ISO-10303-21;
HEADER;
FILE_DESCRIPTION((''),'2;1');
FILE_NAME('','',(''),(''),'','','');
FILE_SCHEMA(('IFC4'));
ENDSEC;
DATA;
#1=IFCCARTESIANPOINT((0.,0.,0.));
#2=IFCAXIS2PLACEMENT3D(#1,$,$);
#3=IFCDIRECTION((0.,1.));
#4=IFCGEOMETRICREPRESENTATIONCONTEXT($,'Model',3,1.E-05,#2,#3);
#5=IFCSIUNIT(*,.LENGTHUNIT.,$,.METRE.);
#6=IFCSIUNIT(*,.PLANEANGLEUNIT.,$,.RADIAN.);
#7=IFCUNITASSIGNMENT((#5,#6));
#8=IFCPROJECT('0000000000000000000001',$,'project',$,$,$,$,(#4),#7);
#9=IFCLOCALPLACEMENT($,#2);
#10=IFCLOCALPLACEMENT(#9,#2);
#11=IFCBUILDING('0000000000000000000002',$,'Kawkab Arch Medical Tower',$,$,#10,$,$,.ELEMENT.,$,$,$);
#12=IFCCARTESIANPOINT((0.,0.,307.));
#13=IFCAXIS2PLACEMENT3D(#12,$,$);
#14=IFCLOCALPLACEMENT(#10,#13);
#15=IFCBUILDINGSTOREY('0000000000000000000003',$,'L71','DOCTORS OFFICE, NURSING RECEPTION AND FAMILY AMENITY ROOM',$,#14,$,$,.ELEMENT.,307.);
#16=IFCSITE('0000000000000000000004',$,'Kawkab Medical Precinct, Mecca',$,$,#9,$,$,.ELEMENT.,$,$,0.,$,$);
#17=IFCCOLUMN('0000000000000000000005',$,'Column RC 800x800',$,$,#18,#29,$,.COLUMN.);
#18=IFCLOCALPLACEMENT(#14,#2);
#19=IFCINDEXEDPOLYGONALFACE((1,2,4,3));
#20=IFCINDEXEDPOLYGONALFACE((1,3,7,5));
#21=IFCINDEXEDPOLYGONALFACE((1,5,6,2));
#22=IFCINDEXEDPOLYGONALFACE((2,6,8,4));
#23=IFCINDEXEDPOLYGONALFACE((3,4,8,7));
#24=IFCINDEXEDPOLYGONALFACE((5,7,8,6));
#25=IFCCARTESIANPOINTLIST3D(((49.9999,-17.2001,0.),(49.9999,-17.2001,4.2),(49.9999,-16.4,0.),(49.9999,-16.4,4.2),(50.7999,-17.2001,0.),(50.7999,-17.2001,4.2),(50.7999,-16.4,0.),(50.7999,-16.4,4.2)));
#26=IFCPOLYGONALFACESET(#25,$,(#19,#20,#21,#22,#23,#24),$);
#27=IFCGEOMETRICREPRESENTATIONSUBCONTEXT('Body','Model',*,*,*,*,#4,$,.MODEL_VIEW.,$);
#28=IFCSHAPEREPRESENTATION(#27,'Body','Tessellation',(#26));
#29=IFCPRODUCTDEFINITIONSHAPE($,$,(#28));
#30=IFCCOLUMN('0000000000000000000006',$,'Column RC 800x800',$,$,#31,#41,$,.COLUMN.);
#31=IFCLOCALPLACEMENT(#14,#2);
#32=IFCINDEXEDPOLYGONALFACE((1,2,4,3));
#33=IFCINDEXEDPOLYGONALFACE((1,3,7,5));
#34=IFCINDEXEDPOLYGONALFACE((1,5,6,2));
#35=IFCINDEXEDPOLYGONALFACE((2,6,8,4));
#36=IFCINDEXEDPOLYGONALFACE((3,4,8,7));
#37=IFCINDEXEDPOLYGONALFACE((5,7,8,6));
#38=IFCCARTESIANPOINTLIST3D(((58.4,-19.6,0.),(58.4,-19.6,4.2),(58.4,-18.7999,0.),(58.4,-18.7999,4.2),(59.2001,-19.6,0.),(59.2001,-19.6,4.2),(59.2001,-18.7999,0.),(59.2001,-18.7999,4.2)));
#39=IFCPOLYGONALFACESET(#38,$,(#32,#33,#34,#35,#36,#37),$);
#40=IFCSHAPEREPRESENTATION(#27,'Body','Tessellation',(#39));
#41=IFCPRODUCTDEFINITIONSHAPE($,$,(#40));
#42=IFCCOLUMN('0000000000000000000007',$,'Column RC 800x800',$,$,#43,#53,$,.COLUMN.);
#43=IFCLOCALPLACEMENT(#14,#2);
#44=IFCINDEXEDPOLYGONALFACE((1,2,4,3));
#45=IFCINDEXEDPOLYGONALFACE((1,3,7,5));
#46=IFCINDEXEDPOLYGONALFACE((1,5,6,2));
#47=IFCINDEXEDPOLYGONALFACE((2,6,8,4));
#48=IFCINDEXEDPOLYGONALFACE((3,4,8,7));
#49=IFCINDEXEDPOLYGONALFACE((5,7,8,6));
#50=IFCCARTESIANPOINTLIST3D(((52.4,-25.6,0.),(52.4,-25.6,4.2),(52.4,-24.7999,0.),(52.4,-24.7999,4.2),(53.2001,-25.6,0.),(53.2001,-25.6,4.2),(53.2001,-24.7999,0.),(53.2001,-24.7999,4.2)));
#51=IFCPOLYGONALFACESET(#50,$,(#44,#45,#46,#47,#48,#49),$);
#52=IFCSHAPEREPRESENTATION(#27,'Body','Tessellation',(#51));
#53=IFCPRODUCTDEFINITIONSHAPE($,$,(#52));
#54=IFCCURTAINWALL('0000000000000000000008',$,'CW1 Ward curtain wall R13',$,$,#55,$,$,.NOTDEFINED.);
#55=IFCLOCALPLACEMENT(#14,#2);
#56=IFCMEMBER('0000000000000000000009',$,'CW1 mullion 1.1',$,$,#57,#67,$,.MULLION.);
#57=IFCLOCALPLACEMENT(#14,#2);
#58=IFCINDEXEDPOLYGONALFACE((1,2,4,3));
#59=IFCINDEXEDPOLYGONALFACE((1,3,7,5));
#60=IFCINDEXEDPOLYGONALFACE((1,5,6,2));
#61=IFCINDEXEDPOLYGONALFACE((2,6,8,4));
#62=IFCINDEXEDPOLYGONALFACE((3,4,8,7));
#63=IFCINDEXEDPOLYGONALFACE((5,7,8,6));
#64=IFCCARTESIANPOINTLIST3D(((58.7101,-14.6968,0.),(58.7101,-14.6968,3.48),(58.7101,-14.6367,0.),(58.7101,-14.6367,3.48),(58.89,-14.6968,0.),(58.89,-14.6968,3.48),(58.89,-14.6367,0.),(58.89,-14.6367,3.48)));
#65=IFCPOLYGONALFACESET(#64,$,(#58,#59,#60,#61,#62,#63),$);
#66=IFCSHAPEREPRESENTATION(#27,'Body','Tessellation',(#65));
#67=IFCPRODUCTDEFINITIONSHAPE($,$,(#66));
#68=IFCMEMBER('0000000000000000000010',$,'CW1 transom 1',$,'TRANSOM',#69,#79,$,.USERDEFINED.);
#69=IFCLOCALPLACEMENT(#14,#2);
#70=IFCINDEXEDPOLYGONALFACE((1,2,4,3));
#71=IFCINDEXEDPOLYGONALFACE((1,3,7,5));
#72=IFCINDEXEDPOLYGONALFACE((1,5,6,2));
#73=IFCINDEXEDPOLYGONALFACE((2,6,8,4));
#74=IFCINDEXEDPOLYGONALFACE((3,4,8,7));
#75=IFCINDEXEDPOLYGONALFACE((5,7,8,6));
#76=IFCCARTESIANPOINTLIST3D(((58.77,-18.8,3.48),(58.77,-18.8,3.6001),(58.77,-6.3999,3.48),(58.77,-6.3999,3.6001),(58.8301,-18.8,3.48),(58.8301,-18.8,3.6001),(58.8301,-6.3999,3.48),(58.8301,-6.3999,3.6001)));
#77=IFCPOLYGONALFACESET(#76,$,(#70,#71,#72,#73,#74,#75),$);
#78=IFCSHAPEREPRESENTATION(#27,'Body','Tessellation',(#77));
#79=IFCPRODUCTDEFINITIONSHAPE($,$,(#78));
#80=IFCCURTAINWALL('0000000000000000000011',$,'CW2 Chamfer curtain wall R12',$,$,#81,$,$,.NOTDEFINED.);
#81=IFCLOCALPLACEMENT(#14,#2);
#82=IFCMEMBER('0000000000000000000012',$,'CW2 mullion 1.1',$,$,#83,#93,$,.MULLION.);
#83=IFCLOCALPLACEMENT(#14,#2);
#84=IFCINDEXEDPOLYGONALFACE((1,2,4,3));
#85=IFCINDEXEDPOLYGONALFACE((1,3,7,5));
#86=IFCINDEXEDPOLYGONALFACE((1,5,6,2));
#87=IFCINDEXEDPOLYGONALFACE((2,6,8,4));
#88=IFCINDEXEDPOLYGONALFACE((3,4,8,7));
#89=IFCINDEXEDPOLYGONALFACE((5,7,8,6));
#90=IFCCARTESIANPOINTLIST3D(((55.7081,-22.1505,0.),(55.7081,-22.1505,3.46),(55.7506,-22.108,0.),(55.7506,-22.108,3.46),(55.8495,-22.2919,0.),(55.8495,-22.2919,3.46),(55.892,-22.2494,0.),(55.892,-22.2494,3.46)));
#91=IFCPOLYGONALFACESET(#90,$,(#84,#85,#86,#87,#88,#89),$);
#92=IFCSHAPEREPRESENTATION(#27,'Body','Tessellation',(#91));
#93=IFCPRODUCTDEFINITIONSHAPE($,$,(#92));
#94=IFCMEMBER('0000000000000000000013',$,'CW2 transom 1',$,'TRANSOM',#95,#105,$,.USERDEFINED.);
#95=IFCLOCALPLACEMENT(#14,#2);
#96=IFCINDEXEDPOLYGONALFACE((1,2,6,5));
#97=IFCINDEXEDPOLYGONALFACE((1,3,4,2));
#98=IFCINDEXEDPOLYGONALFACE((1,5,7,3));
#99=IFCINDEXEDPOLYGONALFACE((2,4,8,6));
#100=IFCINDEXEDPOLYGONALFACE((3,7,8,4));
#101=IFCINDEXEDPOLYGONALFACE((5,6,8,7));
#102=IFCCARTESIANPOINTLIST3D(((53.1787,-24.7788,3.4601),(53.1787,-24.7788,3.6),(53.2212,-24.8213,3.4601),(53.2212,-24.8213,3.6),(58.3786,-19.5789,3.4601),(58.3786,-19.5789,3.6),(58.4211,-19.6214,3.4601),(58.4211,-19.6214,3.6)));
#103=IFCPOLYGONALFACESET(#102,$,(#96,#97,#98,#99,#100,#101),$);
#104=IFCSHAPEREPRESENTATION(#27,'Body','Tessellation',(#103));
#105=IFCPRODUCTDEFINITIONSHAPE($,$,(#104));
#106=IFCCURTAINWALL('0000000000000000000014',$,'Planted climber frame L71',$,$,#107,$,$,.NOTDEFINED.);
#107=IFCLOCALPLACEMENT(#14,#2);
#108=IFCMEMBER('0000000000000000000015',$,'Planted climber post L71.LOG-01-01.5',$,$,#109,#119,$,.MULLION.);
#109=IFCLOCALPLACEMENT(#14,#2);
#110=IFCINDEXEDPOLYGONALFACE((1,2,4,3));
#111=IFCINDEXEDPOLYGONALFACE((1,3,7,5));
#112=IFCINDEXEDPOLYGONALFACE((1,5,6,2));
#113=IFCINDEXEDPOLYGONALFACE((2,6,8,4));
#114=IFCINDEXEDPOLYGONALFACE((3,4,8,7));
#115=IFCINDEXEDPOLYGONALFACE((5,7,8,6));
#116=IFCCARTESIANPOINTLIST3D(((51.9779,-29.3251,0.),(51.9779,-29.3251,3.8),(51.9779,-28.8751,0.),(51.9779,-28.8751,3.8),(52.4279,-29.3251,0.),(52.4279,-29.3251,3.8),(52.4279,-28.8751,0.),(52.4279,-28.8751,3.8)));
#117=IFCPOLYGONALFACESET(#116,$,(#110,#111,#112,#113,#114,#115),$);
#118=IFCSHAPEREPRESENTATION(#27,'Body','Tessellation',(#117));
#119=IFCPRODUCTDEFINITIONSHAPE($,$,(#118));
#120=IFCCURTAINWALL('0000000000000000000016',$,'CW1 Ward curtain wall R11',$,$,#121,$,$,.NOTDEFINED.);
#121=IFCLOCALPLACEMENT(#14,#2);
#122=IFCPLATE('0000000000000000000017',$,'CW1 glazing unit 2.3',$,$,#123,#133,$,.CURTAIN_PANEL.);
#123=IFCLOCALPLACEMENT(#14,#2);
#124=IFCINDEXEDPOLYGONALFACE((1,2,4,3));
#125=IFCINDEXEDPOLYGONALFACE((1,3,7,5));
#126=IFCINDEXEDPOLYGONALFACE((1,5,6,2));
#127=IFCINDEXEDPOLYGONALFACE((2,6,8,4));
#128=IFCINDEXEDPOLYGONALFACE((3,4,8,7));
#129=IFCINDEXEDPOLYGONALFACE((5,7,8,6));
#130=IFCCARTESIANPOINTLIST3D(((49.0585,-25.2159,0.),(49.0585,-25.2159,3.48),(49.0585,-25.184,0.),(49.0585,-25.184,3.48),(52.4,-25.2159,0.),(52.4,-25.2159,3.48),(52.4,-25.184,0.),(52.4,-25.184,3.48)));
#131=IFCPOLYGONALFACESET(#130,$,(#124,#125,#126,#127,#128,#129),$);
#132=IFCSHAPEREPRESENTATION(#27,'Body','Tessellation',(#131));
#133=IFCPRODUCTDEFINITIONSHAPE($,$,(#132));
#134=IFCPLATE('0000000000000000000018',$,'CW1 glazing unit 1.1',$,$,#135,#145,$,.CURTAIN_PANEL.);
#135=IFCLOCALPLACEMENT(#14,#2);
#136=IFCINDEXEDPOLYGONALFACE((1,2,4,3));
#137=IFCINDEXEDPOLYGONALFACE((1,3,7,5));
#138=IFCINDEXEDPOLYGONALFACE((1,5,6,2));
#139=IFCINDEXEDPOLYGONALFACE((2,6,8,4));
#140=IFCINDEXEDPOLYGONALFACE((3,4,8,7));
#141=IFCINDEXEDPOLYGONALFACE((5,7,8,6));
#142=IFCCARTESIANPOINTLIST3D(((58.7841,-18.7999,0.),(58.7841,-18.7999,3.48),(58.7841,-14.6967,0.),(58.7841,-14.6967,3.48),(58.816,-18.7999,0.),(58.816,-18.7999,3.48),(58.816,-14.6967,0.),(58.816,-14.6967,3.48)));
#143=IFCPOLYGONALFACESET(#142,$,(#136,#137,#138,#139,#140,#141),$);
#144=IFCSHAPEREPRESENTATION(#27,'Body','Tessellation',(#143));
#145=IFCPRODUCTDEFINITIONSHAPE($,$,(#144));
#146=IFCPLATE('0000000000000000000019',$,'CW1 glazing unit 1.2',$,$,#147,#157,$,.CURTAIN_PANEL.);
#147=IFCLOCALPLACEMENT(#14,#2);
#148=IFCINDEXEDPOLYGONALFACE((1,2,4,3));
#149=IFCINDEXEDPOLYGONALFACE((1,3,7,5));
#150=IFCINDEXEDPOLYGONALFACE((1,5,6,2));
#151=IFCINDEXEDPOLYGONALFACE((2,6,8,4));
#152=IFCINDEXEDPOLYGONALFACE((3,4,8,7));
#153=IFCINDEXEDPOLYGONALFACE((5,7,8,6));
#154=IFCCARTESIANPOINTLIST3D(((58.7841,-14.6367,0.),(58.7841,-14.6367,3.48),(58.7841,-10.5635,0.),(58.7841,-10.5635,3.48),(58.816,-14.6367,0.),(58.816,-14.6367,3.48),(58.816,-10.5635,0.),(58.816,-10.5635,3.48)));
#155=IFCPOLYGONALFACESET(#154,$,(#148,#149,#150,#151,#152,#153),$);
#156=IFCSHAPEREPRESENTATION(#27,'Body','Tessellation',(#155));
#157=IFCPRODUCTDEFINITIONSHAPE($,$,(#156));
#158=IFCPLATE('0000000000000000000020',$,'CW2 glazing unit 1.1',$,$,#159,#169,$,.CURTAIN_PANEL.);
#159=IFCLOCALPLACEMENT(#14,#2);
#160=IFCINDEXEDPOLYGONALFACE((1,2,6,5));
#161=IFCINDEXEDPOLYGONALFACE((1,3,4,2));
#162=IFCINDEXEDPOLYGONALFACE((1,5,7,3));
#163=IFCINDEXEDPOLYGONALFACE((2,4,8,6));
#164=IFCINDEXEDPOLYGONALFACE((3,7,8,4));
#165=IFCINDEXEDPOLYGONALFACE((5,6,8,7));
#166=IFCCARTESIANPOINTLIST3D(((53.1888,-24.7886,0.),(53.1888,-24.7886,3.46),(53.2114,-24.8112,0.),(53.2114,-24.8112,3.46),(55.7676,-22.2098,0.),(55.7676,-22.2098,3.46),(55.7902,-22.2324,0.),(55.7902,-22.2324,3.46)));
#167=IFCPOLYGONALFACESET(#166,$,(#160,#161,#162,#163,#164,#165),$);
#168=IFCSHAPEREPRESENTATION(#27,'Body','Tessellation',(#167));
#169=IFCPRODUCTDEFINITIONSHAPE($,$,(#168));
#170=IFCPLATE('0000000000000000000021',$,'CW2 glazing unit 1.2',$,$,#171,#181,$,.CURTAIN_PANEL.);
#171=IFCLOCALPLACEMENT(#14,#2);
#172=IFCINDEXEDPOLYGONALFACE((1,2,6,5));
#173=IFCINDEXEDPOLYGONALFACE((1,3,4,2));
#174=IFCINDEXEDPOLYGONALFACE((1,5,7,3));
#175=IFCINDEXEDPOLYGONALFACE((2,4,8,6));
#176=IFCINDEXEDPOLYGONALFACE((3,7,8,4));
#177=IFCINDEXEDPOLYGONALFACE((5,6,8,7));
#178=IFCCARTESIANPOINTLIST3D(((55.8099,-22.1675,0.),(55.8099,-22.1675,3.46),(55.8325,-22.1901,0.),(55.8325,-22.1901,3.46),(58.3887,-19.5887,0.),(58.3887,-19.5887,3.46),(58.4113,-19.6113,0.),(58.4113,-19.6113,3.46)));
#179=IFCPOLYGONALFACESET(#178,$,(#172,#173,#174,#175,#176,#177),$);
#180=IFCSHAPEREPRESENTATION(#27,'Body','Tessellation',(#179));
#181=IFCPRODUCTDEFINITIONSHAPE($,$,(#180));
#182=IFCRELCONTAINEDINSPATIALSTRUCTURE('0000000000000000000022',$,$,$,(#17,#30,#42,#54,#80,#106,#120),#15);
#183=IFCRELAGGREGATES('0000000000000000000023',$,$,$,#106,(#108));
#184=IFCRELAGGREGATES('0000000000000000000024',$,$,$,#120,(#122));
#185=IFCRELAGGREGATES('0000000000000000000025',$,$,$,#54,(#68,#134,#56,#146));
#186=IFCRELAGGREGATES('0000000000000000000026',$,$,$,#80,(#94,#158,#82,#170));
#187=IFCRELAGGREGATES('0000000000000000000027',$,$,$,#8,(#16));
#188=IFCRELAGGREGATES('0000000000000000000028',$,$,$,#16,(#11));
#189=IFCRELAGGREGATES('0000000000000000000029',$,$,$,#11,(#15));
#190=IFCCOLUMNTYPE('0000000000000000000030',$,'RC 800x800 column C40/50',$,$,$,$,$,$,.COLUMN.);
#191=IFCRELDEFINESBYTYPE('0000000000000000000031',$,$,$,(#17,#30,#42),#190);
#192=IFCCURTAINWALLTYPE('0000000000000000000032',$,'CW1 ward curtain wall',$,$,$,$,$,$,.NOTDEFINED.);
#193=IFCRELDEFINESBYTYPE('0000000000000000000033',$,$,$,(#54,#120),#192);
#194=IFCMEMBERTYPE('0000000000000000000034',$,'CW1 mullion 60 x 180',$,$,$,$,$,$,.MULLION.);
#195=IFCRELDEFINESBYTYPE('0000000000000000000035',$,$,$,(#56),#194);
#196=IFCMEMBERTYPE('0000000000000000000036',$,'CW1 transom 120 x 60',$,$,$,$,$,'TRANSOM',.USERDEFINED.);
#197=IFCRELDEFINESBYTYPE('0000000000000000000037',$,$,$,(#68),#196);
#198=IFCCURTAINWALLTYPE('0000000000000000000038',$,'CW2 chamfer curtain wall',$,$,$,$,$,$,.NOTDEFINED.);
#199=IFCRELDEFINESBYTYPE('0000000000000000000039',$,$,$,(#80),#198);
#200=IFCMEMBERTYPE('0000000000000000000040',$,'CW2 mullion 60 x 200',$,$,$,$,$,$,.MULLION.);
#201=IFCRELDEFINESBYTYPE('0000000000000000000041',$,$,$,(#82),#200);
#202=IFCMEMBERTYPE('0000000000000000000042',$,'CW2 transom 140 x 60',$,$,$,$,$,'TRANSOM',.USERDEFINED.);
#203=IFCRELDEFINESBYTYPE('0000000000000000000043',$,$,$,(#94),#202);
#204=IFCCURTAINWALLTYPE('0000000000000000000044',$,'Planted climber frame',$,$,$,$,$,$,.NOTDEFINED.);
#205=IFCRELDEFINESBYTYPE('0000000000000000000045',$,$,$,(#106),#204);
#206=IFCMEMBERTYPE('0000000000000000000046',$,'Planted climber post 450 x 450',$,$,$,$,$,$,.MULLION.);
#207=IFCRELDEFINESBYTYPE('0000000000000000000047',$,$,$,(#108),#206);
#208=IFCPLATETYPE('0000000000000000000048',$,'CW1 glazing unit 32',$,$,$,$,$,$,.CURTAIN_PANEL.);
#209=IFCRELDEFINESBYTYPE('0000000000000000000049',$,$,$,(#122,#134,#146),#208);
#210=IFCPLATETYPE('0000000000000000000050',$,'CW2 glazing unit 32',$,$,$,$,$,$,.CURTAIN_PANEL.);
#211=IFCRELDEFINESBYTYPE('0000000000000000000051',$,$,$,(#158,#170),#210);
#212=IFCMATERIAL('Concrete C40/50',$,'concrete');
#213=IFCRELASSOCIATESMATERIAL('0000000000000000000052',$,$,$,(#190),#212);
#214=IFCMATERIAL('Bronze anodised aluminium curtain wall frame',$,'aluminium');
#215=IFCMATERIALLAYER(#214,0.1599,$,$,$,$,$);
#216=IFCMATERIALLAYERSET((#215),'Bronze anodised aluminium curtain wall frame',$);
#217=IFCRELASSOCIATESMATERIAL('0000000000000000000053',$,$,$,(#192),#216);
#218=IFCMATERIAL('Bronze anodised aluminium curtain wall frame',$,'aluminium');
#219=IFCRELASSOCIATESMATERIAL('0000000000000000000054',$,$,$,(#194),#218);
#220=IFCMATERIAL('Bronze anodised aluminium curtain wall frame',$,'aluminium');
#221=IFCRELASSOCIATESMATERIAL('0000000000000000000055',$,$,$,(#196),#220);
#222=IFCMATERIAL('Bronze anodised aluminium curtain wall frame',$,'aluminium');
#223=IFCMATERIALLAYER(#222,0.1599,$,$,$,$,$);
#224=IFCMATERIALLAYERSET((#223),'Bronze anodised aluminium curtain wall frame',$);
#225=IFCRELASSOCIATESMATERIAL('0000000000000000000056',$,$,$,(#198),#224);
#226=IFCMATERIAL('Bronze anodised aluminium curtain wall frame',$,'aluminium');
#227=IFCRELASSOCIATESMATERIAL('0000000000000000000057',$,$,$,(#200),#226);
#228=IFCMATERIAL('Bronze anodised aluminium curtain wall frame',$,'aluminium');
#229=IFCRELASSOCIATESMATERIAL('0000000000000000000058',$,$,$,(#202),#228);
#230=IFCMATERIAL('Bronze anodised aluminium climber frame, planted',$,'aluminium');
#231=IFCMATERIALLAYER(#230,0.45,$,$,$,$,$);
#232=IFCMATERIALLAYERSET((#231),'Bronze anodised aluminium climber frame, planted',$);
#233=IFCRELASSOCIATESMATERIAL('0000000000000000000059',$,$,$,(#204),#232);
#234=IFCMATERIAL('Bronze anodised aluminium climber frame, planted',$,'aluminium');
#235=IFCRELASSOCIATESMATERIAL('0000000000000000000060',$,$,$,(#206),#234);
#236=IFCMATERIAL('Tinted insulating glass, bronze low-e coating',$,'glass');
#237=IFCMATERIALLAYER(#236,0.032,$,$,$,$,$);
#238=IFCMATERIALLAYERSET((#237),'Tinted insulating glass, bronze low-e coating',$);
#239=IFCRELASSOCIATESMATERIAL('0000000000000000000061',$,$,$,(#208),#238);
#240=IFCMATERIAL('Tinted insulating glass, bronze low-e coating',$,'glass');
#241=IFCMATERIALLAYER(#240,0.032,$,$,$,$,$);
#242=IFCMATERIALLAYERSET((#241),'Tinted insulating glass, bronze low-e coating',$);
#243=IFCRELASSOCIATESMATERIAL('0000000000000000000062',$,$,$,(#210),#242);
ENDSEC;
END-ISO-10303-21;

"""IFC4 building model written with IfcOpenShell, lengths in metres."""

from ifc_helpers import new_model, si_unit, direction, frame, origin, origin_2d, place, context, subcontext, project, spatial, rectangle, extrude, material, layer, layer_set, material_profile, profile_set, type_object, element, aggregate, save


model = new_model("IFC4")

# Units and contexts
model_context = context("Model", 3, precision=1e-05, world=origin(), true_north=direction((0.0, 1.0)))
body_context = subcontext(model_context, "Body", "Model", "MODEL_VIEW")
ifc_project = project(units=[si_unit("LENGTHUNIT", "METRE"), si_unit("PLANEANGLEUNIT", "RADIAN")], contexts=[model_context])

# Site, building, storey
site_placement = place(None, origin())
site = spatial("IfcSite", under=ifc_project, at=site_placement, Name="Kawkab Medical Precinct, Mecca", CompositionType="ELEMENT", RefElevation=0.0)
building_placement = place(site_placement, origin())
building = spatial("IfcBuilding", under=site, at=building_placement, Name="Kawkab Arch Medical Tower", CompositionType="ELEMENT")
storey_placement = place(building_placement, frame((0.0, 0.0, 307.0)))
storey = spatial("IfcBuildingStorey", under=building, at=storey_placement, Name="L71", Description="DOCTORS OFFICE, NURSING RECEPTION AND FAMILY AMENITY ROOM", CompositionType="ELEMENT", Elevation=307.0)

# Columns
ifc_material_1 = material(Name="Concrete C40/50", Category="concrete")
ifc_material_profile_1 = material_profile(ifc_material_1, rectangle(XDim=0.8, YDim=0.8, at=origin_2d()), Name="RC 800x800")
ifc_profile_set_1 = profile_set([ifc_material_profile_1], Name="Concrete C40/50")
column_type = type_object("IfcColumnType", Name="RC 800x800 column C40/50", PredefinedType="COLUMN", material=ifc_profile_set_1)
for number, where, z_axis, x_axis, name in (
    (1, (50.3999, -16.8, 0.0), (0.0, 0.0, 1.0), (1.0, 0.0, 0.0), "Column RC 800x800"),
    (2, (58.8, -19.2, 0.0), (0.0, 0.0, 1.0), (1.0, 0.0, 0.0), "Column RC 800x800"),
    (3, (52.8, -25.2, 0.0), (0.0, 0.0, 1.0), (1.0, 0.0, 0.0), "Column RC 800x800"),
):
    element("IfcColumn", number, at=place(storey_placement, frame(where, z_axis=z_axis, x_axis=x_axis)), inside=storey, type_object=column_type, Name=name, PredefinedType="COLUMN", context=body_context, shape_type="SweptSolid", body=[
        extrude(rectangle(XDim=0.8, YDim=0.8, at=origin_2d()), origin(), (0.0, 0.0, 1.0), 4.2),
    ])

# Curtain walls, members
ifc_material_2 = material(Name="Bronze anodised aluminium curtain wall frame", Category="aluminium")
ifc_layer_1 = layer(ifc_material_2, 0.1599)
ifc_layer_set_1 = layer_set([ifc_layer_1], Name="Bronze anodised aluminium curtain wall frame")
curtain_wall_type_1 = type_object("IfcCurtainWallType", Name="CW1 ward curtain wall", PredefinedType="NOTDEFINED", material=ifc_layer_set_1)
placement = place(storey_placement, origin())
curtain_wall_1 = element("IfcCurtainWall", 4, at=placement, inside=storey, type_object=curtain_wall_type_1, Name="CW1 Ward curtain wall R13", PredefinedType="NOTDEFINED")
ifc_material_3 = material(Name="Bronze anodised aluminium curtain wall frame", Category="aluminium")
ifc_material_profile_2 = material_profile(ifc_material_3, rectangle(XDim=0.1799, YDim=0.0601, at=origin_2d()), Name="AL 60x180")
ifc_profile_set_2 = profile_set([ifc_material_profile_2], Name="Bronze anodised aluminium curtain wall frame")
member_type_1 = type_object("IfcMemberType", Name="CW1 mullion 60 x 180", PredefinedType="MULLION", material=ifc_profile_set_2)
member_1_placement = place(storey_placement, frame((58.8, -14.6667, 0.0), z_axis=(0.0, 0.0, 1.0), x_axis=(-1.0, 0.0, 0.0)))
member_1 = element("IfcMember", 5, at=member_1_placement, type_object=member_type_1, Name="CW1 mullion 1.1", PredefinedType="MULLION", context=body_context, shape_type="SweptSolid", body=[
    extrude(rectangle(XDim=0.1799, YDim=0.0601, at=origin_2d()), origin(), (0.0, 0.0, 1.0), 3.48),
])
ifc_material_4 = material(Name="Bronze anodised aluminium curtain wall frame", Category="aluminium")
ifc_material_profile_3 = material_profile(ifc_material_4, rectangle(XDim=0.0601, YDim=0.1201, at=origin_2d()), Name="AL 60x120")
ifc_profile_set_3 = profile_set([ifc_material_profile_3], Name="Bronze anodised aluminium curtain wall frame")
member_type_2 = type_object("IfcMemberType", Name="CW1 transom 120 x 60", ElementType="TRANSOM", PredefinedType="USERDEFINED", material=ifc_profile_set_3)
member_2_placement = place(storey_placement, frame((58.8, -18.8, 3.54), z_axis=(0.0, 1.0, 0.0), x_axis=(-1.0, 0.0, 0.0)))
member_2 = element("IfcMember", 6, at=member_2_placement, type_object=member_type_2, Name="CW1 transom 1", ObjectType="TRANSOM", PredefinedType="USERDEFINED", context=body_context, shape_type="SweptSolid", body=[
    extrude(rectangle(XDim=0.0601, YDim=0.1201, at=origin_2d()), origin(), (0.0, 0.0, 1.0), 12.4001),
])
ifc_material_5 = material(Name="Bronze anodised aluminium curtain wall frame", Category="aluminium")
ifc_layer_2 = layer(ifc_material_5, 0.1599)
ifc_layer_set_2 = layer_set([ifc_layer_2], Name="Bronze anodised aluminium curtain wall frame")
curtain_wall_type_2 = type_object("IfcCurtainWallType", Name="CW2 chamfer curtain wall", PredefinedType="NOTDEFINED", material=ifc_layer_set_2)
curtain_wall_2 = element("IfcCurtainWall", 7, at=placement, inside=storey, type_object=curtain_wall_type_2, Name="CW2 Chamfer curtain wall R12", PredefinedType="NOTDEFINED")
ifc_material_6 = material(Name="Bronze anodised aluminium curtain wall frame", Category="aluminium")
ifc_material_profile_4 = material_profile(ifc_material_6, rectangle(XDim=0.2, YDim=0.0601, at=origin_2d()), Name="AL 60x200")
ifc_profile_set_4 = profile_set([ifc_material_profile_4], Name="Bronze anodised aluminium curtain wall frame")
member_type_3 = type_object("IfcMemberType", Name="CW2 mullion 60 x 200", PredefinedType="MULLION", material=ifc_profile_set_4)
member_3_placement = place(storey_placement, frame((55.8, -22.2, 0.0), z_axis=(0.0, 0.0, 1.0), x_axis=(-0.707107, 0.707107, 0.0)))
member_3 = element("IfcMember", 8, at=member_3_placement, type_object=member_type_3, Name="CW2 mullion 1.1", PredefinedType="MULLION", context=body_context, shape_type="SweptSolid", body=[
    extrude(rectangle(XDim=0.2, YDim=0.0601, at=origin_2d()), origin(), (0.0, 0.0, 1.0), 3.46),
])
ifc_material_7 = material(Name="Bronze anodised aluminium curtain wall frame", Category="aluminium")
ifc_material_profile_5 = material_profile(ifc_material_7, rectangle(XDim=0.0601, YDim=0.1399, at=origin_2d()), Name="AL 60x140")
ifc_profile_set_5 = profile_set([ifc_material_profile_5], Name="Bronze anodised aluminium curtain wall frame")
member_type_4 = type_object("IfcMemberType", Name="CW2 transom 140 x 60", ElementType="TRANSOM", PredefinedType="USERDEFINED", material=ifc_profile_set_5)
member_4_placement = place(storey_placement, frame((53.2, -24.8, 3.53), z_axis=(0.707107, 0.707107, 0.0), x_axis=(-0.707107, 0.707107, 0.0)))
member_4 = element("IfcMember", 9, at=member_4_placement, type_object=member_type_4, Name="CW2 transom 1", ObjectType="TRANSOM", PredefinedType="USERDEFINED", context=body_context, shape_type="SweptSolid", body=[
    extrude(rectangle(XDim=0.0601, YDim=0.1399, at=origin_2d()), origin(), (0.0, 0.0, 1.0), 7.3538),
])

# Curtain wall, member
ifc_material_8 = material(Name="Bronze anodised aluminium climber frame, planted", Category="aluminium")
ifc_layer_3 = layer(ifc_material_8, 0.45)
ifc_layer_set_3 = layer_set([ifc_layer_3], Name="Bronze anodised aluminium climber frame, planted")
curtain_wall_type_3 = type_object("IfcCurtainWallType", Name="Planted climber frame", PredefinedType="NOTDEFINED", material=ifc_layer_set_3)
curtain_wall_3 = element("IfcCurtainWall", 10, at=placement, inside=storey, type_object=curtain_wall_type_3, Name="Planted climber frame L71", PredefinedType="NOTDEFINED")
ifc_material_9 = material(Name="Bronze anodised aluminium climber frame, planted", Category="aluminium")
ifc_material_profile_6 = material_profile(ifc_material_9, rectangle(XDim=0.45, YDim=0.45, at=origin_2d()), Name="Post 450x450")
ifc_profile_set_6 = profile_set([ifc_material_profile_6], Name="Bronze anodised aluminium climber frame, planted")
member_type_5 = type_object("IfcMemberType", Name="Planted climber post 450 x 450", PredefinedType="MULLION", material=ifc_profile_set_6)
member_5_placement = place(storey_placement, frame((52.2029, -29.1001, 0.0), z_axis=(0.0, 0.0, 1.0), x_axis=(1.0, 0.0, 0.0)))
member_5 = element("IfcMember", 11, at=member_5_placement, type_object=member_type_5, Name="Planted climber post L71.LOG-01-01.5", PredefinedType="MULLION", context=body_context, shape_type="SweptSolid", body=[
    extrude(rectangle(XDim=0.45, YDim=0.45, at=origin_2d()), origin(), (0.0, 0.0, 1.0), 3.8),
])
aggregate(curtain_wall_3, [member_5])

# Curtain wall, plate
curtain_wall_4 = element("IfcCurtainWall", 12, at=placement, inside=storey, type_object=curtain_wall_type_1, Name="CW1 Ward curtain wall R11", PredefinedType="NOTDEFINED")
ifc_material_10 = material(Name="Tinted insulating glass, bronze low-e coating", Category="glass")
ifc_layer_4 = layer(ifc_material_10, 0.032)
ifc_layer_set_4 = layer_set([ifc_layer_4], Name="Tinted insulating glass, bronze low-e coating")
plate_type_1 = type_object("IfcPlateType", Name="CW1 glazing unit 32", PredefinedType="CURTAIN_PANEL", material=ifc_layer_set_4)
plate_1_placement = place(storey_placement, frame((50.7292, -25.2, 0.0), z_axis=(0.0, 0.0, 1.0), x_axis=(1.0, 0.0, 0.0)))
plate_1 = element("IfcPlate", 13, at=plate_1_placement, type_object=plate_type_1, Name="CW1 glazing unit 2.3", PredefinedType="CURTAIN_PANEL", context=body_context, shape_type="SweptSolid", body=[
    extrude(rectangle(XDim=3.3416, YDim=0.032, at=origin_2d()), origin(), (0.0, 0.0, 1.0), 3.48),
])
aggregate(curtain_wall_4, [plate_1])

# Plates
plate_2_placement = place(storey_placement, frame((58.8, -16.7483, 0.0), z_axis=(0.0, 0.0, 1.0), x_axis=(0.0, 1.0, 0.0)))
plate_2 = element("IfcPlate", 14, at=plate_2_placement, type_object=plate_type_1, Name="CW1 glazing unit 1.1", PredefinedType="CURTAIN_PANEL", context=body_context, shape_type="SweptSolid", body=[
    extrude(rectangle(XDim=4.1033, YDim=0.032, at=origin_2d()), origin(), (0.0, 0.0, 1.0), 3.48),
])
plate_3_placement = place(storey_placement, frame((58.8, -12.6001, 0.0), z_axis=(0.0, 0.0, 1.0), x_axis=(0.0, 1.0, 0.0)))
plate_3 = element("IfcPlate", 15, at=plate_3_placement, type_object=plate_type_1, Name="CW1 glazing unit 1.2", PredefinedType="CURTAIN_PANEL", context=body_context, shape_type="SweptSolid", body=[
    extrude(rectangle(XDim=4.0732, YDim=0.032, at=origin_2d()), origin(), (0.0, 0.0, 1.0), 3.48),
])
aggregate(curtain_wall_1, [member_2, plate_2, member_1, plate_3])
ifc_material_11 = material(Name="Tinted insulating glass, bronze low-e coating", Category="glass")
ifc_layer_5 = layer(ifc_material_11, 0.032)
ifc_layer_set_5 = layer_set([ifc_layer_5], Name="Tinted insulating glass, bronze low-e coating")
plate_type_2 = type_object("IfcPlateType", Name="CW2 glazing unit 32", PredefinedType="CURTAIN_PANEL", material=ifc_layer_set_5)
plate_4_placement = place(storey_placement, frame((54.4895, -23.5105, 0.0), z_axis=(0.0, 0.0, 1.0), x_axis=(0.707107, 0.707107, 0.0)))
plate_4 = element("IfcPlate", 16, at=plate_4_placement, type_object=plate_type_2, Name="CW2 glazing unit 1.1", PredefinedType="CURTAIN_PANEL", context=body_context, shape_type="SweptSolid", body=[
    extrude(rectangle(XDim=3.647, YDim=0.032, at=origin_2d()), origin(), (0.0, 0.0, 1.0), 3.46),
])
plate_5_placement = place(storey_placement, frame((57.1106, -20.8894, 0.0), z_axis=(0.0, 0.0, 1.0), x_axis=(0.707107, 0.707107, 0.0)))
plate_5 = element("IfcPlate", 17, at=plate_5_placement, type_object=plate_type_2, Name="CW2 glazing unit 1.2", PredefinedType="CURTAIN_PANEL", context=body_context, shape_type="SweptSolid", body=[
    extrude(rectangle(XDim=3.647, YDim=0.032, at=origin_2d()), origin(), (0.0, 0.0, 1.0), 3.46),
])
aggregate(curtain_wall_2, [member_4, plate_4, member_3, plate_5])

save(model, "model.ifc")
